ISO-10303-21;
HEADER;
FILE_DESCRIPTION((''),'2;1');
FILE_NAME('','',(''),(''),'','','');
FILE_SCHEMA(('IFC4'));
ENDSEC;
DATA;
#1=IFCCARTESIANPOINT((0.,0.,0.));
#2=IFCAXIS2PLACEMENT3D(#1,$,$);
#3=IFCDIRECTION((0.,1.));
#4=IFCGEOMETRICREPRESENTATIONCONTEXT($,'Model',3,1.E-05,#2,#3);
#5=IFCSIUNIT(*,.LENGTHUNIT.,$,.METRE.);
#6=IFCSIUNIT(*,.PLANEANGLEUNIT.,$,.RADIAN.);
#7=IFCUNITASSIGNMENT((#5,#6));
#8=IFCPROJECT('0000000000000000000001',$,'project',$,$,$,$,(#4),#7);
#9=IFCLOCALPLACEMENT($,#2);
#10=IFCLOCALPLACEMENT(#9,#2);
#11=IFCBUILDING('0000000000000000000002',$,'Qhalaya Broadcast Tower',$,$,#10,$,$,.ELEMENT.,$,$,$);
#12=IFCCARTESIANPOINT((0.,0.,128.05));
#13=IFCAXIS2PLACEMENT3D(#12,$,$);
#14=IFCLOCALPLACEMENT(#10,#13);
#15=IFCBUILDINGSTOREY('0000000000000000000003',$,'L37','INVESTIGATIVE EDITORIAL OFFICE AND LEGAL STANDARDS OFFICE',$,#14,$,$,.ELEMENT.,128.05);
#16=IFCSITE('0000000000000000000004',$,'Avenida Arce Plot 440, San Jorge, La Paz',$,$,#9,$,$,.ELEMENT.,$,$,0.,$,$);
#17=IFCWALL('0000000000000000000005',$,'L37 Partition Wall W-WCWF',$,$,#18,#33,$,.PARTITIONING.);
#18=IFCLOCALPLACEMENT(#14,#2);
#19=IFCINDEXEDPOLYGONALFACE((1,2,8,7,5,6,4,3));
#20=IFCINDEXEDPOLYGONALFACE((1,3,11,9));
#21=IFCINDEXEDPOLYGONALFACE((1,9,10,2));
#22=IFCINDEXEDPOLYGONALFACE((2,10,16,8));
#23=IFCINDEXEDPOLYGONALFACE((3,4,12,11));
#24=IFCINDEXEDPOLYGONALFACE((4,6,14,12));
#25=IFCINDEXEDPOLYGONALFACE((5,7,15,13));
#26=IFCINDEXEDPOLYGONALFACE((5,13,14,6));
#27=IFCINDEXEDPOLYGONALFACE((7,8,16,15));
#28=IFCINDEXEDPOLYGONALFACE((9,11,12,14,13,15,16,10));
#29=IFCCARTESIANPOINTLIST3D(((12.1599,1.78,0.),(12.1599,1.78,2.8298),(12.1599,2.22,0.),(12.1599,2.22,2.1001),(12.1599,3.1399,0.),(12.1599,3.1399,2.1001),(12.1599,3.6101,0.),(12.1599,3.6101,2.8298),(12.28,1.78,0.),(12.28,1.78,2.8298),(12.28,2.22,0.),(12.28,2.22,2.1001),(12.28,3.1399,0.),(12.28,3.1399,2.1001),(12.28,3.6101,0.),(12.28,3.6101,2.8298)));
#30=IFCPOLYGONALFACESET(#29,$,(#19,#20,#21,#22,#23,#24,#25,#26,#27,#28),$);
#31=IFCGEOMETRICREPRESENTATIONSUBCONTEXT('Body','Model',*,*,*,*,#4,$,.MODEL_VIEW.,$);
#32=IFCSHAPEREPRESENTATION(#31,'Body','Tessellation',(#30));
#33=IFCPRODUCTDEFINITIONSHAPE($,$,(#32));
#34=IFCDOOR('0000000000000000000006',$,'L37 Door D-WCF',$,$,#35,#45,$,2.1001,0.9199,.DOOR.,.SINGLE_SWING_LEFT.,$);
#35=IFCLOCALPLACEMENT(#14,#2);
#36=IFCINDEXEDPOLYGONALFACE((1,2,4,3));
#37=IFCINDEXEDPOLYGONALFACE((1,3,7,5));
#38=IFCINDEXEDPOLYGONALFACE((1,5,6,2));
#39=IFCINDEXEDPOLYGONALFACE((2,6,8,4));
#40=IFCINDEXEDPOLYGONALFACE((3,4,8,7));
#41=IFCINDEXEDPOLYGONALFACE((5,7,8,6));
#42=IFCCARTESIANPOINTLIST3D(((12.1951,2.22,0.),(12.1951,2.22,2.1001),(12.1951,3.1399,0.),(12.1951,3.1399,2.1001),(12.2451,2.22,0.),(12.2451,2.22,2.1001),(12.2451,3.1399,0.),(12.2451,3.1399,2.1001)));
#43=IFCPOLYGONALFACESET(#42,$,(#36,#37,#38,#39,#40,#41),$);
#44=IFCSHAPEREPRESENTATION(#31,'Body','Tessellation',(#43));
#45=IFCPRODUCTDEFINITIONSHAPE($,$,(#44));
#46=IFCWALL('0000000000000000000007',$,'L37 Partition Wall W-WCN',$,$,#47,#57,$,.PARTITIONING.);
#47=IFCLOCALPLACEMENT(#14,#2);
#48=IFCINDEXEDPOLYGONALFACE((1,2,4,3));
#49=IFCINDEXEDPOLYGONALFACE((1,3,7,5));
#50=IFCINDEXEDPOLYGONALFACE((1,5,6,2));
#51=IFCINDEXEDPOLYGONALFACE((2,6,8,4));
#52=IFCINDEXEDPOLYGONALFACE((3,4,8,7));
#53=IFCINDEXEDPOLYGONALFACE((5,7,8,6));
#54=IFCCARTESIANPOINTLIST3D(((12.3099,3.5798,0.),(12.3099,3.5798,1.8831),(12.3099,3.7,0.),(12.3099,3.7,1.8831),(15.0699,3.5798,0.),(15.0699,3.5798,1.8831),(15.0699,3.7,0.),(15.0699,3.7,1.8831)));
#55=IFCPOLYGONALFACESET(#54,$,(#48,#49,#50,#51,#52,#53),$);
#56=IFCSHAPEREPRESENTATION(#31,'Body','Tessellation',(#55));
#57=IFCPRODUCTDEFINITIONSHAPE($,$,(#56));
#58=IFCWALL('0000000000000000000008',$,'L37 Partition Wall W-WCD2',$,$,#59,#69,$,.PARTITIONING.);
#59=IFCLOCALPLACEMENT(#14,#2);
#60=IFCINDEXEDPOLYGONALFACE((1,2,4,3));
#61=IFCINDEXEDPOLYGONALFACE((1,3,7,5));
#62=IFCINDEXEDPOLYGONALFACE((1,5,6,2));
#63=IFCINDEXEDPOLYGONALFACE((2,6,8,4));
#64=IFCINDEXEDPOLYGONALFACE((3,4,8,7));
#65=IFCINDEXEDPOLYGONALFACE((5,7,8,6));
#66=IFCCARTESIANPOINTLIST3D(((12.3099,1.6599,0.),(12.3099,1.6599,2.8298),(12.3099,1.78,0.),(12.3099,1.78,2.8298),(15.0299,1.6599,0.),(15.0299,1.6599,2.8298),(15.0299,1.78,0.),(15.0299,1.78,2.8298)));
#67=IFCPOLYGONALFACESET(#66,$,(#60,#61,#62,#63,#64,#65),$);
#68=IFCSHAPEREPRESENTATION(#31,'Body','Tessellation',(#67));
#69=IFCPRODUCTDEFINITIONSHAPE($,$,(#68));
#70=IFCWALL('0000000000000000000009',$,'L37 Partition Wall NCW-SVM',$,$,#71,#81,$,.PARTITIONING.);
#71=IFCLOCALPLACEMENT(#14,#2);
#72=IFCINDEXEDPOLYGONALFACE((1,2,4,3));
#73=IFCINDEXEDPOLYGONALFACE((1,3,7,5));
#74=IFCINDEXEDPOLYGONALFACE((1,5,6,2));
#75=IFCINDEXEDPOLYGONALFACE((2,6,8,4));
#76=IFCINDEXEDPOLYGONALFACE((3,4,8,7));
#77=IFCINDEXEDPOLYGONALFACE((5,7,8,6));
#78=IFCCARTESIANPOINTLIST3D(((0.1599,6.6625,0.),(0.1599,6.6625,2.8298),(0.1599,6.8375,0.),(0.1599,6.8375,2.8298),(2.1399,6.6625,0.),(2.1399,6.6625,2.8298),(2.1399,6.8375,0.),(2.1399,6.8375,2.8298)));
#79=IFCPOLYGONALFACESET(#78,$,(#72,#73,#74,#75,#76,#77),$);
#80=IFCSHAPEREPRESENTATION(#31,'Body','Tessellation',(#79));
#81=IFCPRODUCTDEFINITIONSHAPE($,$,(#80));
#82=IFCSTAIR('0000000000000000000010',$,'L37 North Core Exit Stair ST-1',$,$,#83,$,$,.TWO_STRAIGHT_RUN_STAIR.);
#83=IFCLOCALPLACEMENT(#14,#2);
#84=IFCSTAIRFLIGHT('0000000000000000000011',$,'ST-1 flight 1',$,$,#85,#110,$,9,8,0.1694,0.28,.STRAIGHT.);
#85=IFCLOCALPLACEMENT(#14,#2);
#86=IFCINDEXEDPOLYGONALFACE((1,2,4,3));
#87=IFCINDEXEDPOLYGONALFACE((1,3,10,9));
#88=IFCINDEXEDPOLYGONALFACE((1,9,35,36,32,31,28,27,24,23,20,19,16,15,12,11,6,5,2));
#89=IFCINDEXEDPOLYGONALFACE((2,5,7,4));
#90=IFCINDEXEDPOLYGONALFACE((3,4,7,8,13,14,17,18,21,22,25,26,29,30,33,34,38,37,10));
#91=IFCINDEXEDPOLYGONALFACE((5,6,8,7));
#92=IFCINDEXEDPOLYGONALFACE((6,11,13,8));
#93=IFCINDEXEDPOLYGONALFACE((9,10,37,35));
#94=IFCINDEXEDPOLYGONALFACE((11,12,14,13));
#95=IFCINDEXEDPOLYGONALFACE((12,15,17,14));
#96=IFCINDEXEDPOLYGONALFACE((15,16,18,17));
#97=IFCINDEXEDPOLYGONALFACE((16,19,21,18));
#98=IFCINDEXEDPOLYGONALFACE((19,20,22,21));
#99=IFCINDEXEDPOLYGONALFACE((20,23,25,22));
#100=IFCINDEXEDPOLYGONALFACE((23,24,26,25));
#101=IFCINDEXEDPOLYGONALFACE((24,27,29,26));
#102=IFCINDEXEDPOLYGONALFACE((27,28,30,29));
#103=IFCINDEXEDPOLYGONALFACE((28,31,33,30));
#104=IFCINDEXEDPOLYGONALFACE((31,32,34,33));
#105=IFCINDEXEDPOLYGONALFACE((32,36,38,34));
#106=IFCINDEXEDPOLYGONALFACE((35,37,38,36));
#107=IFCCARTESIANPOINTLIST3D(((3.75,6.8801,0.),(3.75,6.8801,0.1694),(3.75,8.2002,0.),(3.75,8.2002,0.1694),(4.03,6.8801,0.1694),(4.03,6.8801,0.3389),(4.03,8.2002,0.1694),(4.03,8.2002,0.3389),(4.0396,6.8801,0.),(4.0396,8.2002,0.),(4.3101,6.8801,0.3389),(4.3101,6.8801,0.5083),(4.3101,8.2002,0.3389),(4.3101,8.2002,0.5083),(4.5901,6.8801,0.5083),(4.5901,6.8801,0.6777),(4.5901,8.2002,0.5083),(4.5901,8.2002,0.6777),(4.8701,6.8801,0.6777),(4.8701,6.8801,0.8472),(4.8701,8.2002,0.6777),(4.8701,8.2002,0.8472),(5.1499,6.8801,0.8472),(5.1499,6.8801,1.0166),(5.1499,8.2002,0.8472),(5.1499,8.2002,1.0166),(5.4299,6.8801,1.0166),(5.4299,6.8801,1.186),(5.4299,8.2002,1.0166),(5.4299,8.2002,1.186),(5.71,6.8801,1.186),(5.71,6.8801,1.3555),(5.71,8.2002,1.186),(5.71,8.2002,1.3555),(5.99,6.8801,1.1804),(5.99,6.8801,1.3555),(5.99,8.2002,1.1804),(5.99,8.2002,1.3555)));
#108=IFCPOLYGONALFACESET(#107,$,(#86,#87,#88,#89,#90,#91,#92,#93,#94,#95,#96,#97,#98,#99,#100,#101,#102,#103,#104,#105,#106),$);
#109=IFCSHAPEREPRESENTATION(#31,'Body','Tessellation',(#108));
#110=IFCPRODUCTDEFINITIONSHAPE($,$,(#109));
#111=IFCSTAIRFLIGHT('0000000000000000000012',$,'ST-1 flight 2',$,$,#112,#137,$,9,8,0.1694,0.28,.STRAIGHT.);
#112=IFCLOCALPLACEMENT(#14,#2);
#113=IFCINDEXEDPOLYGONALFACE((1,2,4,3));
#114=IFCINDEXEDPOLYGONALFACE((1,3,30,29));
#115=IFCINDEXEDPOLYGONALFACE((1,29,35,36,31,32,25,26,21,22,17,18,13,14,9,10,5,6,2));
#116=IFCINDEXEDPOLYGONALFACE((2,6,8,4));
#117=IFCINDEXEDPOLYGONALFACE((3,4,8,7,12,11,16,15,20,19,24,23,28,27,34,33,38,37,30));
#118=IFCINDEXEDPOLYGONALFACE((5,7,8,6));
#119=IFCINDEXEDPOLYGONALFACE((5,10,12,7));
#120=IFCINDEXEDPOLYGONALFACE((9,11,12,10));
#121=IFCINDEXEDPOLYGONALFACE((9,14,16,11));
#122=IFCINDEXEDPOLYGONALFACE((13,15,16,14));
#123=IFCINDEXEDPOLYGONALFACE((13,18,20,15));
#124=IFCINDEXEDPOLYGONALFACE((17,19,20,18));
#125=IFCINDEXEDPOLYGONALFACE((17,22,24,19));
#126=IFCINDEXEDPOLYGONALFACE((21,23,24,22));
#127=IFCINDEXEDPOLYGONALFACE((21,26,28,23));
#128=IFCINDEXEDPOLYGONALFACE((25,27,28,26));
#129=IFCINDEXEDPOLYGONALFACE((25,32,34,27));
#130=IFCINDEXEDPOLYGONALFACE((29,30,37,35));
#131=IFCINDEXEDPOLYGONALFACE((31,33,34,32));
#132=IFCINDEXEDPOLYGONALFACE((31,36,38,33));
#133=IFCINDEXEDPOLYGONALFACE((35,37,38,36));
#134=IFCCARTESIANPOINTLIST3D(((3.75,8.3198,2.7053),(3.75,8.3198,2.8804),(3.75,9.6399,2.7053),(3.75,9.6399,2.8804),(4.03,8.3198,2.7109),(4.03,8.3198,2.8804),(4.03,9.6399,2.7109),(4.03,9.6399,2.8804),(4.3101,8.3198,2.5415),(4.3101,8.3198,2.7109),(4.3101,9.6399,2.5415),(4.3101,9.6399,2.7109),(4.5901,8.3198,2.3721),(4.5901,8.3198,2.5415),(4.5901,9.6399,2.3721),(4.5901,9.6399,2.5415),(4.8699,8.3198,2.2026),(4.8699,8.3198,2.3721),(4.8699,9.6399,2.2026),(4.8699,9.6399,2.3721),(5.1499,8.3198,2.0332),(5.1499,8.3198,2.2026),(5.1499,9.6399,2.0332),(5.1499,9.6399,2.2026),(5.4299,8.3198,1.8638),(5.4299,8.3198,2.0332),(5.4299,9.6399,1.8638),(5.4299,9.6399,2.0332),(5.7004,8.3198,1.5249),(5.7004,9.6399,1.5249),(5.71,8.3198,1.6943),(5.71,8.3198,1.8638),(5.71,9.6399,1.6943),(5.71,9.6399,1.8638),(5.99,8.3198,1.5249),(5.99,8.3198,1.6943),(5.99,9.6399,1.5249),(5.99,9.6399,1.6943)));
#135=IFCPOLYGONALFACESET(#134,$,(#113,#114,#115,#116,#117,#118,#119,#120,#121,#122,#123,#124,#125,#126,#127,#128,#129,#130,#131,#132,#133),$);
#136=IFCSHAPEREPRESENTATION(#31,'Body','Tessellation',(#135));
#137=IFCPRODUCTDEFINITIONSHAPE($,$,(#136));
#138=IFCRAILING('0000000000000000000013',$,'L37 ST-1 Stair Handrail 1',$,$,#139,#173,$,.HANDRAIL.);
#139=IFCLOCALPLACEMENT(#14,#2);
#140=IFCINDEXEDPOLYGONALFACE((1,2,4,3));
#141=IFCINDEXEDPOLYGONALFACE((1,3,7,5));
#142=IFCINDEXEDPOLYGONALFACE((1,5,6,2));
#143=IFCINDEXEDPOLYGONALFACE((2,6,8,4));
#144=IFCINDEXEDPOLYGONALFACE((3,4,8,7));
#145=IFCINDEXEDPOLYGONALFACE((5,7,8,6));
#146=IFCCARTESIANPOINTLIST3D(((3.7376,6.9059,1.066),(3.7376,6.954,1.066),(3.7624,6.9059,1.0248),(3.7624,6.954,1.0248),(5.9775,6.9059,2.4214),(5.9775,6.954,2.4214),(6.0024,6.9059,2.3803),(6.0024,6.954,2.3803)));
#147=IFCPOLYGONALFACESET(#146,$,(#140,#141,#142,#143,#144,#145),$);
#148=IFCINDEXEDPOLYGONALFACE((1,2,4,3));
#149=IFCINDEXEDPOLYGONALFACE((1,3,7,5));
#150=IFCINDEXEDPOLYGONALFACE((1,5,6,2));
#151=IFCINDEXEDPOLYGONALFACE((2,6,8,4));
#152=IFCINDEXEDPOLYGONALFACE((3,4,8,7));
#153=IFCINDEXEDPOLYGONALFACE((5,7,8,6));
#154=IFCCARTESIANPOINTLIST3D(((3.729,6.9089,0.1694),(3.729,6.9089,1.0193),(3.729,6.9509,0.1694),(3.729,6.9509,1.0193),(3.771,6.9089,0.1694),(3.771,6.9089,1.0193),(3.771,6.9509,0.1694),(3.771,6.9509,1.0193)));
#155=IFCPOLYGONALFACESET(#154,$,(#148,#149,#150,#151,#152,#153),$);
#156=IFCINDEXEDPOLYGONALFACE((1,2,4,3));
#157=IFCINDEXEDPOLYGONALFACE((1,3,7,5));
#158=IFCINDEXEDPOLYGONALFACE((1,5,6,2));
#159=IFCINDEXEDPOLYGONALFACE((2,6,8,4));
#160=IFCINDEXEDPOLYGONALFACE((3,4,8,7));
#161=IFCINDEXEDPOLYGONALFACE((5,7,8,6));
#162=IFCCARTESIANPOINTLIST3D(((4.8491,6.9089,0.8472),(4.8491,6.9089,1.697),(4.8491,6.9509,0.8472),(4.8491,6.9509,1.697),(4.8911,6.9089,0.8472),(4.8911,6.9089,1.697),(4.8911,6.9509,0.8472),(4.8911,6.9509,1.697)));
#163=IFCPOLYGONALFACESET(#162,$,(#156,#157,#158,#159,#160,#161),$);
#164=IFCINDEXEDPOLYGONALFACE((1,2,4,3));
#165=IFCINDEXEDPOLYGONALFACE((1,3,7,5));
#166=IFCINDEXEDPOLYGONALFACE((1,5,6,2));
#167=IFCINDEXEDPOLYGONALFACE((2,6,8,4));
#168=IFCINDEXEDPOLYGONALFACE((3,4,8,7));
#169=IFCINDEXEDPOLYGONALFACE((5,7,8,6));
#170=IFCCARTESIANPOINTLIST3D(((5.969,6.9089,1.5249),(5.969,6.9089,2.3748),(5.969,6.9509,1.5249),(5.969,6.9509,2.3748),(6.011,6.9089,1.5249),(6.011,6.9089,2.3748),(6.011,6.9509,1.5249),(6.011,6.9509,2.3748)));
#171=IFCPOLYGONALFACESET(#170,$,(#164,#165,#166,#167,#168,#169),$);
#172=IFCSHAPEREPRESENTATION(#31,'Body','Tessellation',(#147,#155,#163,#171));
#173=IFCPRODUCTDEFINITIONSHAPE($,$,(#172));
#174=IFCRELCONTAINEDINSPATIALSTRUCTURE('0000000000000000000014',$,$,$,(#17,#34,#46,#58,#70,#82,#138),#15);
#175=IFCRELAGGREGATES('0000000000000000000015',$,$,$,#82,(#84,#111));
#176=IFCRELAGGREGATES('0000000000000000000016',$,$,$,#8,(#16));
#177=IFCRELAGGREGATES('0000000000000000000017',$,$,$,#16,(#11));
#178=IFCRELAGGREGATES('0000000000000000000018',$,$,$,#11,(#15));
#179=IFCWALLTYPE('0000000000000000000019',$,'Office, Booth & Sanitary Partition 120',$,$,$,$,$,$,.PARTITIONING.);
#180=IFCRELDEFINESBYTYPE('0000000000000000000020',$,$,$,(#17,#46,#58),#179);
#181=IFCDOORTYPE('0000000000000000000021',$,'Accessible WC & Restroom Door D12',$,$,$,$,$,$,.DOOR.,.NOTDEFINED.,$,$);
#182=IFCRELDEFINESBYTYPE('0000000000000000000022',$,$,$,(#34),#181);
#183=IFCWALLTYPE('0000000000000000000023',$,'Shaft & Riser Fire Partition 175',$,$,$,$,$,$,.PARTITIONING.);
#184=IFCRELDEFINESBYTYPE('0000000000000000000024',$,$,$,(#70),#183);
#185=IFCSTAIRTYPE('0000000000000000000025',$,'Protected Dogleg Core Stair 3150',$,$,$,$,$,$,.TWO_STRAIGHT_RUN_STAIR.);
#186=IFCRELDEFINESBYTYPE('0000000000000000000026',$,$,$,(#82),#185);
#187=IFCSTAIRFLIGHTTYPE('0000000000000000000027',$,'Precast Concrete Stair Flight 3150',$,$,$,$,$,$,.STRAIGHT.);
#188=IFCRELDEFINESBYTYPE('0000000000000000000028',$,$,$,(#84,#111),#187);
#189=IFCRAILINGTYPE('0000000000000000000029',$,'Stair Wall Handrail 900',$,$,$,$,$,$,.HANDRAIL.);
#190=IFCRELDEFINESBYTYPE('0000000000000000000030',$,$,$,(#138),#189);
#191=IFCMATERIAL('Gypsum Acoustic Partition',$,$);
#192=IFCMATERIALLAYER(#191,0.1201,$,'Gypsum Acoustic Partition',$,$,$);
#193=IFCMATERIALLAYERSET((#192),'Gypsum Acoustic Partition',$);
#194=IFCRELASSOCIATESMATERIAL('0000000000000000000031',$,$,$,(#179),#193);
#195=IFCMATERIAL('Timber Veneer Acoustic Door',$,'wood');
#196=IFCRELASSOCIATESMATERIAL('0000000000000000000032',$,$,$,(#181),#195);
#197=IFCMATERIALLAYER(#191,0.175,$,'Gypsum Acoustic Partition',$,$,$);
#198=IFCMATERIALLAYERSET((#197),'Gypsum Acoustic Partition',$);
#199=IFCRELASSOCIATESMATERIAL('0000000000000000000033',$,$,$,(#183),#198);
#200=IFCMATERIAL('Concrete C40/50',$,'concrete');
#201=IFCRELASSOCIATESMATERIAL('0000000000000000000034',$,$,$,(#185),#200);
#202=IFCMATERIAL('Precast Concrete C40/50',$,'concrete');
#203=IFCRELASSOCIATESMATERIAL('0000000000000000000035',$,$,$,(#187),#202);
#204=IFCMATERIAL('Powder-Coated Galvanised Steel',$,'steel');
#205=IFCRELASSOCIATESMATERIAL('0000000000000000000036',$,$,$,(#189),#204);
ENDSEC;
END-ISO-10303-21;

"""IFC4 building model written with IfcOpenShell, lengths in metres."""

from ifc_helpers import new_model, si_unit, direction, frame, frame_2d, origin, origin_2d, place, context, subcontext, project, spatial, polyline, rectangle, outline, extrude, material, layer, layer_set, type_object, element, fill, aggregate, save


model = new_model("IFC4")

# Units and contexts
model_context = context("Model", 3, precision=1e-05, world=origin(), true_north=direction((0.0, 1.0)))
body_context = subcontext(model_context, "Body", "Model", "MODEL_VIEW")
ifc_project = project(units=[si_unit("LENGTHUNIT", "METRE"), si_unit("PLANEANGLEUNIT", "RADIAN")], contexts=[model_context])

# Site, building, storey
site_placement = place(None, origin())
site = spatial("IfcSite", under=ifc_project, at=site_placement, Name="Avenida Arce Plot 440, San Jorge, La Paz", CompositionType="ELEMENT", RefElevation=0.0)
building_placement = place(site_placement, origin())
building = spatial("IfcBuilding", under=site, at=building_placement, Name="Qhalaya Broadcast Tower", CompositionType="ELEMENT")
storey_placement = place(building_placement, frame((0.0, 0.0, 128.05)))
storey = spatial("IfcBuildingStorey", under=building, at=storey_placement, Name="L37", Description="INVESTIGATIVE EDITORIAL OFFICE AND LEGAL STANDARDS OFFICE", CompositionType="ELEMENT", Elevation=128.05)

# Shared definitions
ifc_material_1 = material(Name="Gypsum Acoustic Partition")
ifc_material_2 = material(Name="Timber Veneer Acoustic Door", Category="wood")

# Shared definitions
ifc_material_3 = material(Name="Precast Concrete C40/50", Category="concrete")

# Wall, opening, door
ifc_layer_1 = layer(ifc_material_1, 0.1201, Name="Gypsum Acoustic Partition")
ifc_layer_set_1 = layer_set([ifc_layer_1], Name="Gypsum Acoustic Partition")
wall_type_1 = type_object("IfcWallType", Name="Office, Booth & Sanitary Partition 120", PredefinedType="PARTITIONING", material=ifc_layer_set_1)
wall_1_placement = place(storey_placement, frame((12.22, 1.78, 0.0), z_axis=(0.0, 0.0, 1.0), x_axis=(0.0, 1.0, 0.0)))
wall_1 = element("IfcWall", 1, at=wall_1_placement, inside=storey, type_object=wall_type_1, Name="L37 Partition Wall W-WCWF", PredefinedType="PARTITIONING", context=body_context, shape_type="SweptSolid", body=[
    extrude(rectangle(XDim=1.8301, YDim=0.1201, at=frame_2d((0.915, 0.0))), origin(), (0.0, 0.0, 1.0), 2.8298),
])
opening_1_placement = place(wall_1_placement, frame((0.4399, 0.0, 0.0)))
opening_1 = element("IfcOpeningElement", 2, at=opening_1_placement, cuts=wall_1, PredefinedType="OPENING", context=body_context, shape_type="SweptSolid", body=[
    extrude(rectangle(XDim=0.9199, YDim=2.1001, at=frame_2d((0.46, 1.05))), frame((0.0, 0.072, 0.0), z_axis=(0.0, -1.0, 0.0), x_axis=(1.0, 0.0, 0.0)), (0.0, 0.0, 1.0), 0.144),
])
door_type_1 = type_object("IfcDoorType", Name="Accessible WC & Restroom Door D12", OperationType="NOTDEFINED", PredefinedType="DOOR", material=ifc_material_2)
door_1_placement = place(opening_1_placement, origin())
door_1 = element("IfcDoor", 3, at=door_1_placement, inside=storey, type_object=door_type_1, Name="L37 Door D-WCF", OperationType="SINGLE_SWING_LEFT", OverallHeight=2.1001, OverallWidth=0.9199, PredefinedType="DOOR", context=body_context, shape_type="SweptSolid", body=[
    extrude(rectangle(XDim=0.9199, YDim=2.1001, at=frame_2d((0.46, 1.05))), frame((0.0, 0.0249, 0.0), z_axis=(0.0, -1.0, 0.0), x_axis=(1.0, 0.0, 0.0)), (0.0, 0.0, 1.0), 0.05),
])
fill(opening_1, door_1)

# Walls
wall_2_placement = place(storey_placement, frame((12.3101, 3.6399, 0.0), z_axis=(0.0, 0.0, 1.0), x_axis=(1.0, 0.0, 0.0)))
element("IfcWall", 4, at=wall_2_placement, inside=storey, type_object=wall_type_1, Name="L37 Partition Wall W-WCN", PredefinedType="PARTITIONING", context=body_context, shape_type="SweptSolid", body=[
    extrude(rectangle(XDim=2.76, YDim=0.1201, at=frame_2d((1.3799, 0.0))), origin(), (0.0, 0.0, 1.0), 1.8831),
])
wall_3_placement = place(storey_placement, frame((12.3101, 1.72, 0.0), z_axis=(0.0, 0.0, 1.0), x_axis=(1.0, 0.0, 0.0)))
element("IfcWall", 5, at=wall_3_placement, inside=storey, type_object=wall_type_1, Name="L37 Partition Wall W-WCD2", PredefinedType="PARTITIONING", context=body_context, shape_type="SweptSolid", body=[
    extrude(rectangle(XDim=2.72, YDim=0.1201, at=frame_2d((1.3599, 0.0))), origin(), (0.0, 0.0, 1.0), 2.8298),
])
ifc_layer_2 = layer(ifc_material_1, 0.175, Name="Gypsum Acoustic Partition")
ifc_layer_set_2 = layer_set([ifc_layer_2], Name="Gypsum Acoustic Partition")
wall_type_2 = type_object("IfcWallType", Name="Shaft & Riser Fire Partition 175", PredefinedType="PARTITIONING", material=ifc_layer_set_2)
wall_4_placement = place(storey_placement, frame((0.1599, 6.75, 0.0), z_axis=(0.0, 0.0, 1.0), x_axis=(1.0, 0.0, 0.0)))
element("IfcWall", 6, at=wall_4_placement, inside=storey, type_object=wall_type_2, Name="L37 Partition Wall NCW-SVM", PredefinedType="PARTITIONING", context=body_context, shape_type="SweptSolid", body=[
    extrude(rectangle(XDim=1.98, YDim=0.175, at=frame_2d((0.99, 0.0))), origin(), (0.0, 0.0, 1.0), 2.8298),
])

# Stair, stair flights
ifc_material_4 = material(Name="Concrete C40/50", Category="concrete")
stair_type = type_object("IfcStairType", Name="Protected Dogleg Core Stair 3150", PredefinedType="TWO_STRAIGHT_RUN_STAIR", material=ifc_material_4)
stair_placement = place(storey_placement, origin())
stair = element("IfcStair", 7, at=stair_placement, inside=storey, type_object=stair_type, Name="L37 North Core Exit Stair ST-1", PredefinedType="TWO_STRAIGHT_RUN_STAIR")
stair_flight_type = type_object("IfcStairFlightType", Name="Precast Concrete Stair Flight 3150", PredefinedType="STRAIGHT", material=ifc_material_3)
stair_flight_1_placement = place(storey_placement, frame((3.75, 7.54, 0.0), z_axis=(0.0, 0.0, 1.0), x_axis=(1.0, 0.0, 0.0)))
stair_flight_1 = element("IfcStairFlight", 8, at=stair_flight_1_placement, type_object=stair_flight_type, Name="ST-1 flight 1", NumberOfRisers=9, NumberOfTreads=8, PredefinedType="STRAIGHT", RiserHeight=0.1694, TreadLength=0.28, context=body_context, shape_type="SweptSolid", body=[
    extrude(outline(polyline([(0.0, 0.0), (0.0, 0.1694), (0.28, 0.1694), (0.28, 0.3389), (0.5601, 0.3389), (0.5601, 0.5083), (0.8401, 0.5083), (0.8401, 0.6777), (1.1201, 0.6777), (1.1201, 0.8472), (1.3999, 0.8472), (1.3999, 1.0166), (1.6799, 1.0166), (1.6799, 1.186), (1.96, 1.186), (1.96, 1.3555), (2.24, 1.3555), (2.24, 1.5249), (2.24, 1.1804), (0.2896, 0.0), (0.0, 0.0)])), frame((0.0, 0.6602, 0.0), z_axis=(0.0, -1.0, 0.0), x_axis=(1.0, 0.0, 0.0)), (0.0, 0.0, 1.0), 1.3201),
])
stair_flight_2_placement = place(storey_placement, frame((5.99, 8.98, 1.5249), z_axis=(0.0, 0.0, 1.0), x_axis=(-1.0, 0.0, 0.0)))
stair_flight_2 = element("IfcStairFlight", 9, at=stair_flight_2_placement, type_object=stair_flight_type, Name="ST-1 flight 2", NumberOfRisers=9, NumberOfTreads=8, PredefinedType="STRAIGHT", RiserHeight=0.1694, TreadLength=0.28, context=body_context, shape_type="SweptSolid", body=[
    extrude(outline(polyline([(0.0, 0.0), (0.0, 0.1694), (0.28, 0.1694), (0.28, 0.3389), (0.5601, 0.3389), (0.5601, 0.5083), (0.8401, 0.5083), (0.8401, 0.6777), (1.1201, 0.6777), (1.1201, 0.8472), (1.3999, 0.8472), (1.3999, 1.0166), (1.6799, 1.0166), (1.6799, 1.186), (1.96, 1.186), (1.96, 1.3555), (2.24, 1.3555), (2.24, 1.5249), (2.24, 1.1804), (0.2896, 0.0), (0.0, 0.0)])), frame((0.0, 0.6602, 0.0), z_axis=(0.0, -1.0, 0.0), x_axis=(1.0, 0.0, 0.0)), (0.0, 0.0, 1.0), 1.3201),
])
aggregate(stair, [stair_flight_1, stair_flight_2])

# Railing
ifc_material_5 = material(Name="Powder-Coated Galvanised Steel", Category="steel")
railing_type_1 = type_object("IfcRailingType", Name="Stair Wall Handrail 900", PredefinedType="HANDRAIL", material=ifc_material_5)
railing_1_placement = place(storey_placement, frame((3.75, 6.9299, 0.1694)))
element("IfcRailing", 10, at=railing_1_placement, inside=storey, type_object=railing_type_1, Name="L37 ST-1 Stair Handrail 1", PredefinedType="HANDRAIL", context=body_context, shape_type="SweptSolid", body=[
    extrude(rectangle(XDim=0.0481, YDim=0.0481, at=origin_2d()), frame((0.0, 0.0, 0.876), z_axis=(0.855553, 0.0, 0.517715), x_axis=(0.0, 1.0, 0.0)), (0.0, 0.0, 1.0), 2.6182),
    extrude(rectangle(XDim=0.042, YDim=0.042, at=origin_2d()), origin(), (0.0, 0.0, 1.0), 0.8499),
    extrude(rectangle(XDim=0.042, YDim=0.042, at=origin_2d()), frame((1.1201, 0.0, 0.6777)), (0.0, 0.0, 1.0), 0.8499),
    extrude(rectangle(XDim=0.042, YDim=0.042, at=origin_2d()), frame((2.24, 0.0, 1.3555)), (0.0, 0.0, 1.0), 0.8499),
])

save(model, "model.ifc")
